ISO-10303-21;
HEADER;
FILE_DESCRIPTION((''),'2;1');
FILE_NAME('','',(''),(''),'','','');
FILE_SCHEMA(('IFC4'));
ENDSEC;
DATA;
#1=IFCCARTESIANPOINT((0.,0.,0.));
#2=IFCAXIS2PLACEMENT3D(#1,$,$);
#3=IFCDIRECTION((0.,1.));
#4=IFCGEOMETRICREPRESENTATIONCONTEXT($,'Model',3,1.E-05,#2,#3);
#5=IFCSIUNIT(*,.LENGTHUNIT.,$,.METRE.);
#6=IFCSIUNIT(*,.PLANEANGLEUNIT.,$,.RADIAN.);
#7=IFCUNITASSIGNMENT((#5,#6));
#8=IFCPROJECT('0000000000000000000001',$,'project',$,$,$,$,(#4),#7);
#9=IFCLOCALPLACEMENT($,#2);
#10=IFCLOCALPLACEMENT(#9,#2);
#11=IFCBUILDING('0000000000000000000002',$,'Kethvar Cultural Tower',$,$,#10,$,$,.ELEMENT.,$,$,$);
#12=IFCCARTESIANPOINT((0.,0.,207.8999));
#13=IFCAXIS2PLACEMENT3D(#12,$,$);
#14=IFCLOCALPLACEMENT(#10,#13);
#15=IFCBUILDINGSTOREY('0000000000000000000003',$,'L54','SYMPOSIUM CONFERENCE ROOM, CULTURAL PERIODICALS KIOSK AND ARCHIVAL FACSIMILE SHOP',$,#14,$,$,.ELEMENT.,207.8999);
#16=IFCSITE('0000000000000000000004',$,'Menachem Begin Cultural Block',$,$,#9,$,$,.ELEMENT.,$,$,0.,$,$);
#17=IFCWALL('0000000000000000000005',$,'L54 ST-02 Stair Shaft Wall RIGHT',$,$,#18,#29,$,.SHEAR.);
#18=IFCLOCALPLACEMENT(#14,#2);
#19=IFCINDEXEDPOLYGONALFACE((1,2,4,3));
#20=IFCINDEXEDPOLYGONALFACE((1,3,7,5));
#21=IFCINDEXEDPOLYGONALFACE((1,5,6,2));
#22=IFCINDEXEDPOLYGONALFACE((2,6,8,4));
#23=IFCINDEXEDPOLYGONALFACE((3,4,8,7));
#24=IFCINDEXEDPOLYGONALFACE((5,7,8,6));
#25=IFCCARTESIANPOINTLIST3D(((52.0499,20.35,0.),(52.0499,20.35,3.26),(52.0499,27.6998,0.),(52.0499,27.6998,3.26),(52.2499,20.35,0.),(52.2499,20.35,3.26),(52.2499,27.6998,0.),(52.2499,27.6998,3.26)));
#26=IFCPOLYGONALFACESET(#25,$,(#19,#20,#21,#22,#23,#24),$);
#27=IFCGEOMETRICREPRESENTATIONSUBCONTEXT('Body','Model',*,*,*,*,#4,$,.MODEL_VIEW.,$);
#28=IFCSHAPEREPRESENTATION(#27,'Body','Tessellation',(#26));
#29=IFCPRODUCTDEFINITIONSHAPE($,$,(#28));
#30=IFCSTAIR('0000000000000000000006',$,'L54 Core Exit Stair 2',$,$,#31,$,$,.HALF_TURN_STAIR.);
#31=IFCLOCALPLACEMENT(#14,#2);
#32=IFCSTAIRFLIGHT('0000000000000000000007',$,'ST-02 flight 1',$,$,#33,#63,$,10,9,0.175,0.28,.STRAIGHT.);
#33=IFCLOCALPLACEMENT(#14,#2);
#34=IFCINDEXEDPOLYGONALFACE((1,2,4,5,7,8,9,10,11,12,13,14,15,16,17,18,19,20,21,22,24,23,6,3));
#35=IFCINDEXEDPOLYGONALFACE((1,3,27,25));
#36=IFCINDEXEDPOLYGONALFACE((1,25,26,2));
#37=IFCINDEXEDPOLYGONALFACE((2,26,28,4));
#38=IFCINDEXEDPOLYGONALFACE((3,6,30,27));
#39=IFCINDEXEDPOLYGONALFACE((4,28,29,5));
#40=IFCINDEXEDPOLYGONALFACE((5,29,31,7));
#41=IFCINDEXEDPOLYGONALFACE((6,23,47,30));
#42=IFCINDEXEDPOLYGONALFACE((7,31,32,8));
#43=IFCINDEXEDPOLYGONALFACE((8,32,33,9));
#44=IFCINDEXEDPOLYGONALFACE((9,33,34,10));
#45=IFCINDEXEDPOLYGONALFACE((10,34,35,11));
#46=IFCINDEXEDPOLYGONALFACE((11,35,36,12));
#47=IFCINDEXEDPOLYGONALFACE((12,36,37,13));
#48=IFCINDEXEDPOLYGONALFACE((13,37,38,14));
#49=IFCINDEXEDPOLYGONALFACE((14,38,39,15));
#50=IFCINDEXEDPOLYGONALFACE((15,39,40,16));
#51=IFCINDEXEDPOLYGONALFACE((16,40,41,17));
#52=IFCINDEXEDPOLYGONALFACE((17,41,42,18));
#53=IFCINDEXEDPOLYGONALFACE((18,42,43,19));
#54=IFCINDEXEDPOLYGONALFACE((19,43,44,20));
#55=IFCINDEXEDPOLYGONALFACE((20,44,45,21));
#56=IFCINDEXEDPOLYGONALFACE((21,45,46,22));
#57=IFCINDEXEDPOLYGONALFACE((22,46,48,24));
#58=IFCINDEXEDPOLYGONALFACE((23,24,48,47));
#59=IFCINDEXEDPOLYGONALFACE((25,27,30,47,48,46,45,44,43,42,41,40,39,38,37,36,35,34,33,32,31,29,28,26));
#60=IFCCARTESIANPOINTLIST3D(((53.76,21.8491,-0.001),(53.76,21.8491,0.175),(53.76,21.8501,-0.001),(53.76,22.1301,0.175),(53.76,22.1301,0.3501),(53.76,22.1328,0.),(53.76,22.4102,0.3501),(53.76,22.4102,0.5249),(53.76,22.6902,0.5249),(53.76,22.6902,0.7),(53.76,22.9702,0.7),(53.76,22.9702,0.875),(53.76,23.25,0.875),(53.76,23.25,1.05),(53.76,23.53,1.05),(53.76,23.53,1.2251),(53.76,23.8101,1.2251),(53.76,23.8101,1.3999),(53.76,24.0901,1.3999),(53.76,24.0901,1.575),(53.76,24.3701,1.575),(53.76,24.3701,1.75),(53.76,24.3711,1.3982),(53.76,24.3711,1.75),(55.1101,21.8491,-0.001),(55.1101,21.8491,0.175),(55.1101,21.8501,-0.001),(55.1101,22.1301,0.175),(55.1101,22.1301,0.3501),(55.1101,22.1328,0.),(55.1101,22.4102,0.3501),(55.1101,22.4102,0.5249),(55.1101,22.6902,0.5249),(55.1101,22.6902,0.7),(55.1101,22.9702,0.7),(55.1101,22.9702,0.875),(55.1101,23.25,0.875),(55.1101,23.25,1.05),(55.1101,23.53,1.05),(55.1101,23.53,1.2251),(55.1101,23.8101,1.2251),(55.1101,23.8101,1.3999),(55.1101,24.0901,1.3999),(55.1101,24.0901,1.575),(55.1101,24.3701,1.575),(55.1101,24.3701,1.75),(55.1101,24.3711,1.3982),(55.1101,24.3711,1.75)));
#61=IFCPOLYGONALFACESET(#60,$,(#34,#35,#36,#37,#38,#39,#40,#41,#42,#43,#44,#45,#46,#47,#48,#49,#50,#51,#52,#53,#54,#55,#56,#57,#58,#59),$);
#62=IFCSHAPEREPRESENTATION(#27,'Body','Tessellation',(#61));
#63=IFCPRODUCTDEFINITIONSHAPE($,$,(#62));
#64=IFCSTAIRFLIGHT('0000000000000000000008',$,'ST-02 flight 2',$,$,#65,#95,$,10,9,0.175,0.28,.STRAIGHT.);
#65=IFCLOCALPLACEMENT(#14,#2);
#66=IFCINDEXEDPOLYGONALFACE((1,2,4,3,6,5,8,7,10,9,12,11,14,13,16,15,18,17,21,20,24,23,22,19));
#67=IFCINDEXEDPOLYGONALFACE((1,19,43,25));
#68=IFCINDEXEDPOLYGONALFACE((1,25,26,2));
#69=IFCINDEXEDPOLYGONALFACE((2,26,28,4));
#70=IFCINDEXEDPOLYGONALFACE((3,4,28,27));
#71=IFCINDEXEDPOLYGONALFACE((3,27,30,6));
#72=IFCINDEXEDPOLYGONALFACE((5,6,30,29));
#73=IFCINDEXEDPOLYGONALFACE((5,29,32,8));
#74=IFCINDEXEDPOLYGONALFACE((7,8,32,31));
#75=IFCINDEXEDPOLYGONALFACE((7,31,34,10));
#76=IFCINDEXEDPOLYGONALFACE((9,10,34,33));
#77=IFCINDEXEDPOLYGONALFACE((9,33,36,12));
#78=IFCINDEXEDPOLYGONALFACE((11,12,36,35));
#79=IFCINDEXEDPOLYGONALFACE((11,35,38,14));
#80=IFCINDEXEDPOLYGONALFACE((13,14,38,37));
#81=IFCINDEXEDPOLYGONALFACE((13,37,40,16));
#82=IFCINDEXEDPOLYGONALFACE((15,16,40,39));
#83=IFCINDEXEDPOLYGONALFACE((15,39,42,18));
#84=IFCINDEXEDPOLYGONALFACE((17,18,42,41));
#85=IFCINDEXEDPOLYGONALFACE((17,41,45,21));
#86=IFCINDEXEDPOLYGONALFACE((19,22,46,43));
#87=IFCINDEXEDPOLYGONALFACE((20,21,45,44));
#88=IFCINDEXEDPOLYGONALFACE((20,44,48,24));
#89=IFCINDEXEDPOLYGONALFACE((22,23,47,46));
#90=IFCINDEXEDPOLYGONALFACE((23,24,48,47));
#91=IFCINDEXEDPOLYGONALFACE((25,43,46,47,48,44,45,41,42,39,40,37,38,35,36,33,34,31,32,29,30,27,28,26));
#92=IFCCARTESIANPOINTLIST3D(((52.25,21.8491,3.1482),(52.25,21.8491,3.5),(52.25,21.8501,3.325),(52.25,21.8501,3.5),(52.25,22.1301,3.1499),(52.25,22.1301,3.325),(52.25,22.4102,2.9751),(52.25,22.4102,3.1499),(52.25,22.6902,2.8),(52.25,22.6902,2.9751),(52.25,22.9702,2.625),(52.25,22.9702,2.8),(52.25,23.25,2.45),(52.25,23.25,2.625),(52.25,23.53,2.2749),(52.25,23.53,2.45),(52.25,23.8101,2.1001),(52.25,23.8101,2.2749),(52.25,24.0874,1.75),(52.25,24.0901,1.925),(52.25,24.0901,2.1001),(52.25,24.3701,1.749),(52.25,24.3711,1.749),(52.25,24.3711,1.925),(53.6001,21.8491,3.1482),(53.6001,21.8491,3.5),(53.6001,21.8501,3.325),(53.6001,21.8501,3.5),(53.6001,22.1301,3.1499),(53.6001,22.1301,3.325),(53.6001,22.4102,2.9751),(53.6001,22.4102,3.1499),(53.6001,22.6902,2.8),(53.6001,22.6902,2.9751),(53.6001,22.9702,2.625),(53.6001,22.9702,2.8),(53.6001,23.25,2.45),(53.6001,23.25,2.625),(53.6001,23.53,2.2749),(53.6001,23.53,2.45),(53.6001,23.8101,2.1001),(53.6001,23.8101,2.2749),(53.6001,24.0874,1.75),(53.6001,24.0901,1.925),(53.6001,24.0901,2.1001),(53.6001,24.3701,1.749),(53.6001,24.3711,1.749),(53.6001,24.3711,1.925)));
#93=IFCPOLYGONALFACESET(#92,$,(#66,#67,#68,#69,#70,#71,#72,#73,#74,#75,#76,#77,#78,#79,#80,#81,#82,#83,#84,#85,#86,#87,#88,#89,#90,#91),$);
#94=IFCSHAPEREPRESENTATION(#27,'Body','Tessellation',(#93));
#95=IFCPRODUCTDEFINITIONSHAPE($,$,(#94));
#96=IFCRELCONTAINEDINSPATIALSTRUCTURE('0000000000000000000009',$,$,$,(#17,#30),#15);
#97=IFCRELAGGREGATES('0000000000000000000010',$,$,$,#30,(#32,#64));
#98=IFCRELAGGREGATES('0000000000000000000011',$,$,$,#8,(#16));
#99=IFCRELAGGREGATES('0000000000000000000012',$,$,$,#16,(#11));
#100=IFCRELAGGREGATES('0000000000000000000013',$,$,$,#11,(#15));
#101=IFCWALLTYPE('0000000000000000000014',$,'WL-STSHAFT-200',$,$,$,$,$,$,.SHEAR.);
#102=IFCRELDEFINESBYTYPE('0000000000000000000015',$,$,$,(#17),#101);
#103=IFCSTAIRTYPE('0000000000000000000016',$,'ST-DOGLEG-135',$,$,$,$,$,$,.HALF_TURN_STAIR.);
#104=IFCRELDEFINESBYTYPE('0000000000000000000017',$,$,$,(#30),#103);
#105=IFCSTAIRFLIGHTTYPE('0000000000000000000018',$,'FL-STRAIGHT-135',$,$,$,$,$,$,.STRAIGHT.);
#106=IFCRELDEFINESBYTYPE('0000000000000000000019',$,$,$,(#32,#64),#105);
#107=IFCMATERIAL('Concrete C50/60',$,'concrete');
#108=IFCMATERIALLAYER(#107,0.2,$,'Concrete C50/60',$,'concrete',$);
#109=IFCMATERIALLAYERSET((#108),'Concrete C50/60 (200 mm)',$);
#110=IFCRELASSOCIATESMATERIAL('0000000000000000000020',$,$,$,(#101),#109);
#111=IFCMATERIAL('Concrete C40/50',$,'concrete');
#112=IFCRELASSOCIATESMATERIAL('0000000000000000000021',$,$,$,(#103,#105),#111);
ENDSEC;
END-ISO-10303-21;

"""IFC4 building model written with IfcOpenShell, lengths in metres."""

from ifc_helpers import new_model, si_unit, direction, frame, frame_2d, origin, place, context, subcontext, project, spatial, polyline, rectangle, outline, extrude, material, layer, layer_set, type_object, element, aggregate, save


model = new_model("IFC4")

# Units and contexts
model_context = context("Model", 3, precision=1e-05, world=origin(), true_north=direction((0.0, 1.0)))
body_context = subcontext(model_context, "Body", "Model", "MODEL_VIEW")
ifc_project = project(units=[si_unit("LENGTHUNIT", "METRE"), si_unit("PLANEANGLEUNIT", "RADIAN")], contexts=[model_context])

# Site, building, storey
site_placement = place(None, origin())
site = spatial("IfcSite", under=ifc_project, at=site_placement, Name="Menachem Begin Cultural Block", CompositionType="ELEMENT", RefElevation=0.0)
building_placement = place(site_placement, origin())
building = spatial("IfcBuilding", under=site, at=building_placement, Name="Kethvar Cultural Tower", CompositionType="ELEMENT")
storey_placement = place(building_placement, frame((0.0, 0.0, 207.8999)))
storey = spatial("IfcBuildingStorey", under=building, at=storey_placement, Name="L54", Description="SYMPOSIUM CONFERENCE ROOM, CULTURAL PERIODICALS KIOSK AND ARCHIVAL FACSIMILE SHOP", CompositionType="ELEMENT", Elevation=207.8999)

# Shared definitions
ifc_material_1 = material(Name="Concrete C50/60", Category="concrete")

# Wall
ifc_layer_1 = layer(ifc_material_1, 0.2, Name="Concrete C50/60", Category="concrete")
ifc_layer_set_1 = layer_set([ifc_layer_1], Name="Concrete C50/60 (200 mm)")
wall_type_1 = type_object("IfcWallType", Name="WL-STSHAFT-200", PredefinedType="SHEAR", material=ifc_layer_set_1)
wall_1_placement = place(storey_placement, frame((52.1499, 20.3501, 0.0), z_axis=(0.0, 0.0, 1.0), x_axis=(0.0, 1.0, 0.0)))
element("IfcWall", 1, at=wall_1_placement, inside=storey, type_object=wall_type_1, Name="L54 ST-02 Stair Shaft Wall RIGHT", PredefinedType="SHEAR", context=body_context, shape_type="SweptSolid", body=[
    extrude(rectangle(XDim=7.3499, YDim=0.2, at=frame_2d((3.6748, 0.0))), origin(), (0.0, 0.0, 1.0), 3.26),
])

# Stair, stair flights
ifc_material_2 = material(Name="Concrete C40/50", Category="concrete")
stair_type = type_object("IfcStairType", Name="ST-DOGLEG-135", PredefinedType="HALF_TURN_STAIR", material=ifc_material_2)
stair_placement = place(storey_placement, origin())
stair = element("IfcStair", 2, at=stair_placement, inside=storey, type_object=stair_type, Name="L54 Core Exit Stair 2", PredefinedType="HALF_TURN_STAIR")
stair_flight_type = type_object("IfcStairFlightType", Name="FL-STRAIGHT-135", PredefinedType="STRAIGHT", material=ifc_material_2)
stair_flight_1_placement = place(storey_placement, frame((54.4351, 21.8501, 0.0), z_axis=(0.0, 0.0, 1.0), x_axis=(0.0, 1.0, 0.0)))
stair_flight_1 = element("IfcStairFlight", 3, at=stair_flight_1_placement, type_object=stair_flight_type, Name="ST-02 flight 1", NumberOfRisers=10, NumberOfTreads=9, PredefinedType="STRAIGHT", RiserHeight=0.175, TreadLength=0.28, context=body_context, shape_type="SweptSolid", body=[
    extrude(outline(polyline([(-0.001, -0.001), (-0.001, 0.175), (0.28, 0.175), (0.28, 0.3501), (0.5601, 0.3501), (0.5601, 0.5249), (0.8401, 0.5249), (0.8401, 0.7), (1.1201, 0.7), (1.1201, 0.875), (1.3999, 0.875), (1.3999, 1.05), (1.6799, 1.05), (1.6799, 1.2251), (1.96, 1.2251), (1.96, 1.3999), (2.24, 1.3999), (2.24, 1.575), (2.52, 1.575), (2.52, 1.75), (2.521, 1.75), (2.521, 1.3982), (0.2827, 0.0), (0.0, -0.001), (-0.001, -0.001)])), frame((0.0, 0.675, 0.0), z_axis=(0.0, -1.0, 0.0), x_axis=(1.0, 0.0, 0.0)), (0.0, 0.0, 1.0), 1.3501),
])
stair_flight_2_placement = place(storey_placement, frame((52.925, 24.3701, 1.75), z_axis=(0.0, 0.0, 1.0), x_axis=(0.0, -1.0, 0.0)))
stair_flight_2 = element("IfcStairFlight", 4, at=stair_flight_2_placement, type_object=stair_flight_type, Name="ST-02 flight 2", NumberOfRisers=10, NumberOfTreads=9, PredefinedType="STRAIGHT", RiserHeight=0.175, TreadLength=0.28, context=body_context, shape_type="SweptSolid", body=[
    extrude(outline(polyline([(-0.001, -0.001), (-0.001, 0.175), (0.28, 0.175), (0.28, 0.3501), (0.5601, 0.3501), (0.5601, 0.5249), (0.8401, 0.5249), (0.8401, 0.7), (1.1201, 0.7), (1.1201, 0.875), (1.3999, 0.875), (1.3999, 1.05), (1.6799, 1.05), (1.6799, 1.2251), (1.96, 1.2251), (1.96, 1.3999), (2.24, 1.3999), (2.24, 1.575), (2.52, 1.575), (2.52, 1.75), (2.521, 1.75), (2.521, 1.3982), (0.2827, 0.0), (0.0, -0.001), (-0.001, -0.001)])), frame((0.0, 0.675, 0.0), z_axis=(0.0, -1.0, 0.0), x_axis=(1.0, 0.0, 0.0)), (0.0, 0.0, 1.0), 1.3501),
])
aggregate(stair, [stair_flight_1, stair_flight_2])

save(model, "model.ifc")
